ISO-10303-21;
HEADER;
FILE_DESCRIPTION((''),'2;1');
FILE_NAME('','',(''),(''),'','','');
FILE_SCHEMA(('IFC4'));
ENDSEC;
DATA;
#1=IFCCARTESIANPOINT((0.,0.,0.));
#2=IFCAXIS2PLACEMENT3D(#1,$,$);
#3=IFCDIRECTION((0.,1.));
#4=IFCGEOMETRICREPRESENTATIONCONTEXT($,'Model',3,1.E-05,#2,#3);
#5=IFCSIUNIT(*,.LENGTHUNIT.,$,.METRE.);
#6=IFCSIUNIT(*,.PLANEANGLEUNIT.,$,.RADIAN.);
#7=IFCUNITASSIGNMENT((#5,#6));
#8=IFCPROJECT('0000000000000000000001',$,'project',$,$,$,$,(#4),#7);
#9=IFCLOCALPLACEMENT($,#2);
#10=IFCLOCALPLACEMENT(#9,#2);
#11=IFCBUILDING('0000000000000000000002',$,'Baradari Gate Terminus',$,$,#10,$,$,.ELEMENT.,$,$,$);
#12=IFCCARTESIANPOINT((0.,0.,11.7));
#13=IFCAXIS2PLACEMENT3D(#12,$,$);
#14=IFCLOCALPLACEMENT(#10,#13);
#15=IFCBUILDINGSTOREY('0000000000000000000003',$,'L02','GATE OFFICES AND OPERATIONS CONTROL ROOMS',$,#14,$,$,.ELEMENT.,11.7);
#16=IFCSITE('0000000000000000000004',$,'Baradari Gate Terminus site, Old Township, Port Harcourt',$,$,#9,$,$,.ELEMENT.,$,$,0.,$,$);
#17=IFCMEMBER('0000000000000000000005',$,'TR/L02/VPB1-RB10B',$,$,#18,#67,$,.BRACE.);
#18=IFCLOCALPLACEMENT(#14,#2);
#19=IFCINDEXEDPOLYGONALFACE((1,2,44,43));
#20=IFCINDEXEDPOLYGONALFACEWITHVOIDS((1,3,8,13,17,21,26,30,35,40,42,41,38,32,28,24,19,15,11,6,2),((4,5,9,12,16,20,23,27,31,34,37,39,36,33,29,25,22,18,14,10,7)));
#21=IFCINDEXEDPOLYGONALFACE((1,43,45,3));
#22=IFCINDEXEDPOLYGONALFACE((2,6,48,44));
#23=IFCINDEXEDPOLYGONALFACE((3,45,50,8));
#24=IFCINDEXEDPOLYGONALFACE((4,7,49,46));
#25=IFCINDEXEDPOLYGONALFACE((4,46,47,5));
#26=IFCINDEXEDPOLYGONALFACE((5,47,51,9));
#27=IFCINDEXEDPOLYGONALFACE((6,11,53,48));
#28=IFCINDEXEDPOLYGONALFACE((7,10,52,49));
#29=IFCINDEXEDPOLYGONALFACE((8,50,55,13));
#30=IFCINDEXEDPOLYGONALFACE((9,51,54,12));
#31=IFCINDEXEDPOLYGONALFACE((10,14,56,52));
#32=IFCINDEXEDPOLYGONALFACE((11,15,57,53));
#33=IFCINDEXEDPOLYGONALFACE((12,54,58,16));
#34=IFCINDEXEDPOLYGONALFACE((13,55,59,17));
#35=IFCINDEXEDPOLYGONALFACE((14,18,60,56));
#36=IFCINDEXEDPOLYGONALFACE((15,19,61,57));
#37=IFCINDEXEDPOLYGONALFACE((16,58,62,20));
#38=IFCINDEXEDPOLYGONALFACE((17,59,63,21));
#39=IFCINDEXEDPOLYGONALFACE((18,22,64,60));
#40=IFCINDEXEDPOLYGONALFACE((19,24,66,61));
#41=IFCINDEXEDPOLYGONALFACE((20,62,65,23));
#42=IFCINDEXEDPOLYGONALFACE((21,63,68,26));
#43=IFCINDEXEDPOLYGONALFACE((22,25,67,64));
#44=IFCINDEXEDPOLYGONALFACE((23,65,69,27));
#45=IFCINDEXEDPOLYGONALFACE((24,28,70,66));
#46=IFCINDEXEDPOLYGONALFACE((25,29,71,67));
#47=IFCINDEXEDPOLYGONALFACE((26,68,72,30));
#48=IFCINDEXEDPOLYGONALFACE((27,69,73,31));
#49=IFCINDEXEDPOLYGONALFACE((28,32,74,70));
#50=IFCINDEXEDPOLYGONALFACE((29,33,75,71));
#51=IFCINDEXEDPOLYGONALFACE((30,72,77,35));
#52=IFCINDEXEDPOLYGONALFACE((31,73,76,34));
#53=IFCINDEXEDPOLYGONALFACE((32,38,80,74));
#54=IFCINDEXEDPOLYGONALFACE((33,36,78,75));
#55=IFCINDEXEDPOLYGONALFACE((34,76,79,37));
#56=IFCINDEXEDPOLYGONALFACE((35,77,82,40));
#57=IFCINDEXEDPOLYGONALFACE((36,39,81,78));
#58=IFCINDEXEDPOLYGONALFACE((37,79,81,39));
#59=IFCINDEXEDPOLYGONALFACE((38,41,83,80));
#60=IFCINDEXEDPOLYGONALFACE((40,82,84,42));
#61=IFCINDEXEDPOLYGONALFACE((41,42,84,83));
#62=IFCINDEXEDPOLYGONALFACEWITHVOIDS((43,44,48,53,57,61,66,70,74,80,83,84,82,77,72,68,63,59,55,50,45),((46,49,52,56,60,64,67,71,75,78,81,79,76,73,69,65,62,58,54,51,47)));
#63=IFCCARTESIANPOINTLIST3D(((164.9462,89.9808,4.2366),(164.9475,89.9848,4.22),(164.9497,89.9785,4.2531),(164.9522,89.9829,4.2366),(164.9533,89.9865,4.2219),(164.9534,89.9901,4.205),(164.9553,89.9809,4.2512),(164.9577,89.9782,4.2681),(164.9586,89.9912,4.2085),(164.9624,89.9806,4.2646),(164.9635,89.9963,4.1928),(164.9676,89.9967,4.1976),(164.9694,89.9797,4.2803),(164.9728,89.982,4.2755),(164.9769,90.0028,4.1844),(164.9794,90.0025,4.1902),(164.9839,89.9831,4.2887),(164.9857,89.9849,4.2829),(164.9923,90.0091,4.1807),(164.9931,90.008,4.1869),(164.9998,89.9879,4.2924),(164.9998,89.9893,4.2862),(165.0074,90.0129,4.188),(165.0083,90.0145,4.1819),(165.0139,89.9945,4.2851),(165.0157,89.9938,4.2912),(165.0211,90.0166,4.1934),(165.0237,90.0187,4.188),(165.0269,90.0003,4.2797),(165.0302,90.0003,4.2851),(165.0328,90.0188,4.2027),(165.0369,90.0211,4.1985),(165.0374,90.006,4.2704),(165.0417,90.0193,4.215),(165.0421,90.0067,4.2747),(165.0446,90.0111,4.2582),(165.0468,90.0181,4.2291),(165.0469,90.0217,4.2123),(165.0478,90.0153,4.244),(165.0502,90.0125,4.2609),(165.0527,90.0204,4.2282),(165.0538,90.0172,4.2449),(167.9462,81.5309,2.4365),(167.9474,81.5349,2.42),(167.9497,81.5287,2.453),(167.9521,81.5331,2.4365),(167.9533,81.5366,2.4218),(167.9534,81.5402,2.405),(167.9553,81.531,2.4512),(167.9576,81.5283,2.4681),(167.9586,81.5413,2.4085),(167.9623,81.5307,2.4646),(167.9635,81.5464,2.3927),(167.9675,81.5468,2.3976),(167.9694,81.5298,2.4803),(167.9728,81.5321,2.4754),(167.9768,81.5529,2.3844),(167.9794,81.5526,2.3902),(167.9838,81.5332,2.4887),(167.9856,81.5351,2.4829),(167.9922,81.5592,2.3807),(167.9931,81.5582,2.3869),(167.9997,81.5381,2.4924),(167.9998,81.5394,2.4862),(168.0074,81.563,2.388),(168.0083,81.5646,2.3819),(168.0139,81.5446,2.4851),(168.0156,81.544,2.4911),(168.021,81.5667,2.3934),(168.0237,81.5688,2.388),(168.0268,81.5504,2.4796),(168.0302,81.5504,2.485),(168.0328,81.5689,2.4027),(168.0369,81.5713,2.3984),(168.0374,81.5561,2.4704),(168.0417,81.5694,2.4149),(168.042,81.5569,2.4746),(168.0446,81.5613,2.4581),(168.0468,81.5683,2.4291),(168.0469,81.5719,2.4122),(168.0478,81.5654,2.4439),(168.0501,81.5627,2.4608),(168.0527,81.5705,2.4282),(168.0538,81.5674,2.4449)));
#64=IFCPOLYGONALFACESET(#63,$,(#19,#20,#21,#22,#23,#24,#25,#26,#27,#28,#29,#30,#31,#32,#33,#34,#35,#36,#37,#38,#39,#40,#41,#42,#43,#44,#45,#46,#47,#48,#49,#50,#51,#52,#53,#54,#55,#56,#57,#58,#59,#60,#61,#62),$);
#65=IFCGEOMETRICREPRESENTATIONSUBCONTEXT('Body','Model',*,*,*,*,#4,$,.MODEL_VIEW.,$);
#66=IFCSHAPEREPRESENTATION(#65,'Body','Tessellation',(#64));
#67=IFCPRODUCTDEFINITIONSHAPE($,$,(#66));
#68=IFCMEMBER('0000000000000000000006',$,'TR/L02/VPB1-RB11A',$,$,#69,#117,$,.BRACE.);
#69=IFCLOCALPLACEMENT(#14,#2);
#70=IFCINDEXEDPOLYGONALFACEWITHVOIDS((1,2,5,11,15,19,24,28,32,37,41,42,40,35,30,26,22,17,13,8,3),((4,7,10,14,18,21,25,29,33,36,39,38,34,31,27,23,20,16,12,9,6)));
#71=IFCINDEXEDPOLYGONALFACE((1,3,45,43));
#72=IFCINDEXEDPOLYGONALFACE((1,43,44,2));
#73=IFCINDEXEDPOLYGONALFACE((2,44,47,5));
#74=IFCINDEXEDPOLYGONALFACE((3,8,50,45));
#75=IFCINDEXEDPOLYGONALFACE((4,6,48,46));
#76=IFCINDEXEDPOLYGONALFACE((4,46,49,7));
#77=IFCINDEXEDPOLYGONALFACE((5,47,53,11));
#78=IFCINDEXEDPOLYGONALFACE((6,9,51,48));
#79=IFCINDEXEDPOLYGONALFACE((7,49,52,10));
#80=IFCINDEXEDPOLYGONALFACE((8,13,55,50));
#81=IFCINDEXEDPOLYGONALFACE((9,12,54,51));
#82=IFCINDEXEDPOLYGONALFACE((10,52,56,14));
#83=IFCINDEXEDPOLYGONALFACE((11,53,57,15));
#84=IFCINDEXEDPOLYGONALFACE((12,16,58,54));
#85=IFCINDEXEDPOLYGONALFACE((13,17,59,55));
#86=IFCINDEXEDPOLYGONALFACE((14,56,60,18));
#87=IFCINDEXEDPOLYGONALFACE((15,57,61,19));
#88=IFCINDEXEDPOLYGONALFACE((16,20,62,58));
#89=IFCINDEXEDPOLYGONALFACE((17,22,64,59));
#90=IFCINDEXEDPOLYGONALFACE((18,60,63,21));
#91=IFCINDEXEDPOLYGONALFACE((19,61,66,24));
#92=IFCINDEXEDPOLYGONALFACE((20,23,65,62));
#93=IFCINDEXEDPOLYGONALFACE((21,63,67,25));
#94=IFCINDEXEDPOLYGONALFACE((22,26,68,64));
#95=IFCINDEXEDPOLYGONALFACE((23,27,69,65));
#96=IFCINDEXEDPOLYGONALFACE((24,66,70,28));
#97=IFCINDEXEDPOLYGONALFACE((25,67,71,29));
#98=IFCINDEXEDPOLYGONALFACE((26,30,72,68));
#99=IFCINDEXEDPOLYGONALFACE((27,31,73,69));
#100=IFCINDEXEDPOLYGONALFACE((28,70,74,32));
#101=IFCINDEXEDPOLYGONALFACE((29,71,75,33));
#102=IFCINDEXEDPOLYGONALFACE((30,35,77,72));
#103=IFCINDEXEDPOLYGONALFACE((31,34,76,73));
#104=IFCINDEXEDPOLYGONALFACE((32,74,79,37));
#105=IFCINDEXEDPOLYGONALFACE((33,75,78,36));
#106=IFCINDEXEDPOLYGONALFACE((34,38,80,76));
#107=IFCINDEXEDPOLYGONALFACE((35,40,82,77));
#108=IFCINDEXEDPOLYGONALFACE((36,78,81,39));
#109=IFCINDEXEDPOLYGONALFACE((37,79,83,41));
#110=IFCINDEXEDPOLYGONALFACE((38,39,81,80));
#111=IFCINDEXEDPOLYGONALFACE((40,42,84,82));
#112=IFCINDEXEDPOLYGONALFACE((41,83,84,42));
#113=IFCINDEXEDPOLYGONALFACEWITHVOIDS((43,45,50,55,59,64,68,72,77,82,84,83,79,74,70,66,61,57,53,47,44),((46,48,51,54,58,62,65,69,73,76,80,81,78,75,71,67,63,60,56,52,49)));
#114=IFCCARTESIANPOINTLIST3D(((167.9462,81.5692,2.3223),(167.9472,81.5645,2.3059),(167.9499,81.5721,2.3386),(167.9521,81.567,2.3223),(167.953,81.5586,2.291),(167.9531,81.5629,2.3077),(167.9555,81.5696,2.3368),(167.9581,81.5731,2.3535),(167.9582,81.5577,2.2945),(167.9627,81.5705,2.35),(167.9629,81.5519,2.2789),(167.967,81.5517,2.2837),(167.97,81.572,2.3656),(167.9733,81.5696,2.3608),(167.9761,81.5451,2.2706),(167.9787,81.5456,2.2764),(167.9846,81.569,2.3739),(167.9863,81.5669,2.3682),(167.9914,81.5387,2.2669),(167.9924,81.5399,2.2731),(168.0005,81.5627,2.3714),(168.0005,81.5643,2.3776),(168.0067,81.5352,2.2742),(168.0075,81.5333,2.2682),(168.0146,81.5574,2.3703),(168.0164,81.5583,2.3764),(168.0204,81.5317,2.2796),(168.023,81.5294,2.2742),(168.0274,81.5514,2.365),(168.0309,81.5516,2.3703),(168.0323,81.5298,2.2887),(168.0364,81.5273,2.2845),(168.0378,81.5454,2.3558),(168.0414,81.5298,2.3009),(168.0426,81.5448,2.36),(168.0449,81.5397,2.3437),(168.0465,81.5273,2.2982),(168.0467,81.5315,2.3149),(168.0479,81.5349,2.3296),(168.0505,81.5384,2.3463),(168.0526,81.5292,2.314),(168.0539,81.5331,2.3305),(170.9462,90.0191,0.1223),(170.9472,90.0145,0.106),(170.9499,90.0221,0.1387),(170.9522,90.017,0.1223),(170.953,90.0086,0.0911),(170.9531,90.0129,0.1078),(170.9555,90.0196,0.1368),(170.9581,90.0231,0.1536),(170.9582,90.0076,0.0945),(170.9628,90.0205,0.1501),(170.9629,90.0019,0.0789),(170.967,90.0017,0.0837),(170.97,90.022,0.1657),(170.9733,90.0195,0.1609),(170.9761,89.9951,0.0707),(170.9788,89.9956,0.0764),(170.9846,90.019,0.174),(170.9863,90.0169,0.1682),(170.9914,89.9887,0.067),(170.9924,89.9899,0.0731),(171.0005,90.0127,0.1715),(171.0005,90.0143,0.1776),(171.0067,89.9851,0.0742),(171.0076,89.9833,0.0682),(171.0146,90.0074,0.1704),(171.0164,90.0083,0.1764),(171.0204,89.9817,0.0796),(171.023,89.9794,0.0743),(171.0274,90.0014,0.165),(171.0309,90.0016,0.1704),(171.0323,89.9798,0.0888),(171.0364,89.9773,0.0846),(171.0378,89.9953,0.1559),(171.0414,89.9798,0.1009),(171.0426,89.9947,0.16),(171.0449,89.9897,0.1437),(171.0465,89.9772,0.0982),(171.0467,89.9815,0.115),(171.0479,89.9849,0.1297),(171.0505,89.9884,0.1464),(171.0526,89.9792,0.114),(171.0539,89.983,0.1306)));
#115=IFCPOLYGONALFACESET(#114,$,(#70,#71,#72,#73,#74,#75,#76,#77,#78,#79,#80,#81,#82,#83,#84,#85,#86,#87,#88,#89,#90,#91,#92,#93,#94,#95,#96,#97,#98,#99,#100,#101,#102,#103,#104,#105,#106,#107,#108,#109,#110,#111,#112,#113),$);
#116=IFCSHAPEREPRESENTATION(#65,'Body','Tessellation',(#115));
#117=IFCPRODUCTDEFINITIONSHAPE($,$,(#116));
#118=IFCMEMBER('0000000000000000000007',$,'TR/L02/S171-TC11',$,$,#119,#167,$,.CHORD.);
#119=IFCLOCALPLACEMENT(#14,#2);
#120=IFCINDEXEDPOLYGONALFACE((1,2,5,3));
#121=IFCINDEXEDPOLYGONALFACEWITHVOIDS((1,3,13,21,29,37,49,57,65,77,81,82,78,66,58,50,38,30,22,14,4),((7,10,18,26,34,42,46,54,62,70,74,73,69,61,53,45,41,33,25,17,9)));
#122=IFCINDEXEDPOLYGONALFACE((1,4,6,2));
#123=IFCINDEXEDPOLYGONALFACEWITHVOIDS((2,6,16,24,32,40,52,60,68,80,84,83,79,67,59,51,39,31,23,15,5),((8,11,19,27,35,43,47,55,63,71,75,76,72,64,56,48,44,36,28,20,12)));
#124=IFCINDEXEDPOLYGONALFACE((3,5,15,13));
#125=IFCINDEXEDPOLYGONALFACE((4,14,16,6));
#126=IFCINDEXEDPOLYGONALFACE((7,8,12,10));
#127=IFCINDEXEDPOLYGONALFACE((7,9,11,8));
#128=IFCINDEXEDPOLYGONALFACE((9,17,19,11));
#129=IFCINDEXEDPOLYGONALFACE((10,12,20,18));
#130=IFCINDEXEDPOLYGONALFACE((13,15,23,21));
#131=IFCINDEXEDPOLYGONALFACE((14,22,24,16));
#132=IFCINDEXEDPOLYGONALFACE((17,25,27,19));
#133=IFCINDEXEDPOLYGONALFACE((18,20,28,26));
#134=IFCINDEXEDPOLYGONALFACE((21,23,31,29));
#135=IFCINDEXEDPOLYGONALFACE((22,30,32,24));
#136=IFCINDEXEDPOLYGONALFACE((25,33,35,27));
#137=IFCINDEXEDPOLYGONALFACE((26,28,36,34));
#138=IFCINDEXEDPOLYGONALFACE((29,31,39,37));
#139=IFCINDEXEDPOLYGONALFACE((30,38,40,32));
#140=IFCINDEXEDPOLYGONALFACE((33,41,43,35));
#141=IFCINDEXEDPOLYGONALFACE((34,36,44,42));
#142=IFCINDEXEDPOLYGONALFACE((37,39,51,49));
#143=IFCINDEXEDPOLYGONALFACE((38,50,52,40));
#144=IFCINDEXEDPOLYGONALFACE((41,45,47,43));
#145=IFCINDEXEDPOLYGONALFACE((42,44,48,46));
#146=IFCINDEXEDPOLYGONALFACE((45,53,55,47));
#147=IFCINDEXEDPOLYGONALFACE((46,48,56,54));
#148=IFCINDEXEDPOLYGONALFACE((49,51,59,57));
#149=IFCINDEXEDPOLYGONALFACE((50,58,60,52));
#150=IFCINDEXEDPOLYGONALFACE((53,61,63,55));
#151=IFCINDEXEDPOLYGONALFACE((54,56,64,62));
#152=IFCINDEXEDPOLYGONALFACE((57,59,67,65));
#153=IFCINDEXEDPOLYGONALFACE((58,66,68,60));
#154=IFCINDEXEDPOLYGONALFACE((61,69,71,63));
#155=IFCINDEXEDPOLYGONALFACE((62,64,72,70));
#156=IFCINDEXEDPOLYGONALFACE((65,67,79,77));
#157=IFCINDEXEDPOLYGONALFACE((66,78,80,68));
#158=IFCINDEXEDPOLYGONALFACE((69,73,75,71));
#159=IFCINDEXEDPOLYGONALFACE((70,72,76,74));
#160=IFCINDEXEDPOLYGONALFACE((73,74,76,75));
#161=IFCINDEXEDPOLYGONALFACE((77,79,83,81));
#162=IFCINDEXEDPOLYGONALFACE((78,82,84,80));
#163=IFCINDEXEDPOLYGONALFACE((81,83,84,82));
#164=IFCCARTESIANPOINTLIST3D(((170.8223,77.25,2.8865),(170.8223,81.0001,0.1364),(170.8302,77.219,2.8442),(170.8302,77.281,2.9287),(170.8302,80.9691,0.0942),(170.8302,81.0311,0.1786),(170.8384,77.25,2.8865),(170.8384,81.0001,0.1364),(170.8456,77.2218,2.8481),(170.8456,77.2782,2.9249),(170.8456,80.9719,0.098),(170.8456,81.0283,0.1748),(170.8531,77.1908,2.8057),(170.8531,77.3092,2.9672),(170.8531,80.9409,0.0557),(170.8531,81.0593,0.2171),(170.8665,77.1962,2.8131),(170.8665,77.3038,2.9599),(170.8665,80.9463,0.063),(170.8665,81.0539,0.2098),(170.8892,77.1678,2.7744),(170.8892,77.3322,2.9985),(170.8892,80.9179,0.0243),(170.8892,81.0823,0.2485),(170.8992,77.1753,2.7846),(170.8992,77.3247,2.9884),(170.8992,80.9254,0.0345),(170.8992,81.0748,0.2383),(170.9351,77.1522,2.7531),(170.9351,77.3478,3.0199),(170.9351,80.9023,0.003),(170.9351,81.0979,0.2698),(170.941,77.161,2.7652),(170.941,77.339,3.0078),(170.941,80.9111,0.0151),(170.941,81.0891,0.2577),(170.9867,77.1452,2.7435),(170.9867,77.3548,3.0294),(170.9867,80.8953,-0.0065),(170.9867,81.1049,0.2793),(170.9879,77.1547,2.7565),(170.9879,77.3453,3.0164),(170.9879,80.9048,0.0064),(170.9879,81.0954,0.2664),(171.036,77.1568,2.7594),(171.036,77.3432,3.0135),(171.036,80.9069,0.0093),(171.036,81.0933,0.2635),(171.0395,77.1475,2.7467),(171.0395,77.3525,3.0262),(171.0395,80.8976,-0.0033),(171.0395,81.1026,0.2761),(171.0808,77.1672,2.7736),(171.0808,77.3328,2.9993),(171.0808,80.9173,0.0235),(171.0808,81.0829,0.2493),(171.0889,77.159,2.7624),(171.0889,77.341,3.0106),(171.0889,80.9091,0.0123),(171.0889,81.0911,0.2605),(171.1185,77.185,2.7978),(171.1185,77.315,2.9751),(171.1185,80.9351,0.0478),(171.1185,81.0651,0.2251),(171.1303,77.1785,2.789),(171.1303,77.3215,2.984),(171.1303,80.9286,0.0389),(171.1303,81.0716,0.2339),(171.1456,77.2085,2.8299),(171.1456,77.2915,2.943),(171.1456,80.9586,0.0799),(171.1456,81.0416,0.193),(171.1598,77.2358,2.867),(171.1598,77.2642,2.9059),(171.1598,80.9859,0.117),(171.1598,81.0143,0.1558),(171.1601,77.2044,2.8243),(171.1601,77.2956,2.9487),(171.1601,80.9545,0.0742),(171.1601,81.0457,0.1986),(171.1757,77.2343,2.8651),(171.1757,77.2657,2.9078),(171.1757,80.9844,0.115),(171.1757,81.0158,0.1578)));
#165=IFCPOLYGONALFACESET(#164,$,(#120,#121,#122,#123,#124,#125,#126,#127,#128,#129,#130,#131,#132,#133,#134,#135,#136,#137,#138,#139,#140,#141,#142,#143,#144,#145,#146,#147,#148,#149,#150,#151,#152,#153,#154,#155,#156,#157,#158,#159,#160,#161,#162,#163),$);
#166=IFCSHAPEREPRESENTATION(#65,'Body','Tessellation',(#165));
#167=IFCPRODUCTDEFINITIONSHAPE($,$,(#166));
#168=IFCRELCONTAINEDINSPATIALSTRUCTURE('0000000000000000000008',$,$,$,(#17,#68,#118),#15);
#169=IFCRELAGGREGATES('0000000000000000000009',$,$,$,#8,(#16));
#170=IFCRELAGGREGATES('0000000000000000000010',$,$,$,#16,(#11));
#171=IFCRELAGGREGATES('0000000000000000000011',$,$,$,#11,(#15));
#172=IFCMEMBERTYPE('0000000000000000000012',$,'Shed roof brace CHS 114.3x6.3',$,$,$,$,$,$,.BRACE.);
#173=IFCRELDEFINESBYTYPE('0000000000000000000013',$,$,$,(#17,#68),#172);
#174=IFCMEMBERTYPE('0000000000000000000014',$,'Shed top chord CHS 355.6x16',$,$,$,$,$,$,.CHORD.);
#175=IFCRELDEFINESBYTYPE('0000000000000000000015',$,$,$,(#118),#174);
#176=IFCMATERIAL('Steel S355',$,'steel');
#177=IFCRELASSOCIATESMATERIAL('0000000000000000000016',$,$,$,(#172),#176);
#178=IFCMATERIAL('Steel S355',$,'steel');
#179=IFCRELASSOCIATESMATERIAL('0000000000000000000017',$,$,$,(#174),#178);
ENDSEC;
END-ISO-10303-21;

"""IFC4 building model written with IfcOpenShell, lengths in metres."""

from ifc_helpers import new_model, si_unit, direction, frame, origin, origin_2d, place, context, subcontext, project, spatial, hollow_circle, extrude, material, material_profile, profile_set, type_object, element, save


model = new_model("IFC4")

# Units and contexts
model_context = context("Model", 3, precision=1e-05, world=origin(), true_north=direction((0.0, 1.0)))
body_context = subcontext(model_context, "Body", "Model", "MODEL_VIEW")
ifc_project = project(units=[si_unit("LENGTHUNIT", "METRE"), si_unit("PLANEANGLEUNIT", "RADIAN")], contexts=[model_context])

# Site, building, storey
site_placement = place(None, origin())
site = spatial("IfcSite", under=ifc_project, at=site_placement, Name="Baradari Gate Terminus site, Old Township, Port Harcourt", CompositionType="ELEMENT", RefElevation=0.0)
building_placement = place(site_placement, origin())
building = spatial("IfcBuilding", under=site, at=building_placement, Name="Baradari Gate Terminus", CompositionType="ELEMENT")
storey_placement = place(building_placement, frame((0.0, 0.0, 11.7)))
storey = spatial("IfcBuildingStorey", under=building, at=storey_placement, Name="L02", Description="GATE OFFICES AND OPERATIONS CONTROL ROOMS", CompositionType="ELEMENT", Elevation=11.7)

# Members
ifc_material_1 = material(Name="Steel S355", Category="steel")
ifc_material_profile_1 = material_profile(ifc_material_1, hollow_circle(Radius=0.0571, WallThickness=0.0063, at=origin_2d()), Name="CHS 114.3x6.3")
ifc_profile_set_1 = profile_set([ifc_material_profile_1], Name="Steel S355")
member_type_1 = type_object("IfcMemberType", Name="Shed roof brace CHS 114.3x6.3", PredefinedType="BRACE", material=ifc_profile_set_1)
member_1_placement = place(storey_placement, frame((168.0, 81.55, 2.4365), z_axis=(-0.328027, 0.923937, 0.196821), x_axis=(-0.94237, -0.334571, 0.0)))
element("IfcMember", 1, at=member_1_placement, inside=storey, type_object=member_type_1, Name="TR/L02/VPB1-RB10B", PredefinedType="BRACE", context=body_context, shape_type="SweptSolid", body=[
    extrude(hollow_circle(Radius=0.0571, WallThickness=0.0063, at=origin_2d()), origin(), (0.0, 0.0, 1.0), 9.1455),
])
member_2_placement = place(storey_placement, frame((168.0, 81.55, 2.3223), z_axis=(0.324934, 0.915227, -0.23828), x_axis=(-0.94237, 0.334571, 0.0)))
element("IfcMember", 2, at=member_2_placement, inside=storey, type_object=member_type_1, Name="TR/L02/VPB1-RB11A", PredefinedType="BRACE", context=body_context, shape_type="SweptSolid", body=[
    extrude(hollow_circle(Radius=0.0571, WallThickness=0.0063, at=origin_2d()), origin(), (0.0, 0.0, 1.0), 9.2327),
])
ifc_material_2 = material(Name="Steel S355", Category="steel")
ifc_material_profile_2 = material_profile(ifc_material_2, hollow_circle(Radius=0.1777, WallThickness=0.0161, at=origin_2d()), Name="CHS 355.6x16")
ifc_profile_set_2 = profile_set([ifc_material_profile_2], Name="Steel S355")
member_type_2 = type_object("IfcMemberType", Name="Shed top chord CHS 355.6x16", PredefinedType="CHORD", material=ifc_profile_set_2)
member_3_placement = place(storey_placement, frame((171.0, 77.25, 2.8865), z_axis=(0.0, 0.806405, -0.591364), x_axis=(-1.0, 0.0, 0.0)))
element("IfcMember", 3, at=member_3_placement, inside=storey, type_object=member_type_2, Name="TR/L02/S171-TC11", PredefinedType="CHORD", context=body_context, shape_type="SweptSolid", body=[
    extrude(hollow_circle(Radius=0.1777, WallThickness=0.0161, at=origin_2d()), origin(), (0.0, 0.0, 1.0), 4.6504),
])

save(model, "model.ifc")
